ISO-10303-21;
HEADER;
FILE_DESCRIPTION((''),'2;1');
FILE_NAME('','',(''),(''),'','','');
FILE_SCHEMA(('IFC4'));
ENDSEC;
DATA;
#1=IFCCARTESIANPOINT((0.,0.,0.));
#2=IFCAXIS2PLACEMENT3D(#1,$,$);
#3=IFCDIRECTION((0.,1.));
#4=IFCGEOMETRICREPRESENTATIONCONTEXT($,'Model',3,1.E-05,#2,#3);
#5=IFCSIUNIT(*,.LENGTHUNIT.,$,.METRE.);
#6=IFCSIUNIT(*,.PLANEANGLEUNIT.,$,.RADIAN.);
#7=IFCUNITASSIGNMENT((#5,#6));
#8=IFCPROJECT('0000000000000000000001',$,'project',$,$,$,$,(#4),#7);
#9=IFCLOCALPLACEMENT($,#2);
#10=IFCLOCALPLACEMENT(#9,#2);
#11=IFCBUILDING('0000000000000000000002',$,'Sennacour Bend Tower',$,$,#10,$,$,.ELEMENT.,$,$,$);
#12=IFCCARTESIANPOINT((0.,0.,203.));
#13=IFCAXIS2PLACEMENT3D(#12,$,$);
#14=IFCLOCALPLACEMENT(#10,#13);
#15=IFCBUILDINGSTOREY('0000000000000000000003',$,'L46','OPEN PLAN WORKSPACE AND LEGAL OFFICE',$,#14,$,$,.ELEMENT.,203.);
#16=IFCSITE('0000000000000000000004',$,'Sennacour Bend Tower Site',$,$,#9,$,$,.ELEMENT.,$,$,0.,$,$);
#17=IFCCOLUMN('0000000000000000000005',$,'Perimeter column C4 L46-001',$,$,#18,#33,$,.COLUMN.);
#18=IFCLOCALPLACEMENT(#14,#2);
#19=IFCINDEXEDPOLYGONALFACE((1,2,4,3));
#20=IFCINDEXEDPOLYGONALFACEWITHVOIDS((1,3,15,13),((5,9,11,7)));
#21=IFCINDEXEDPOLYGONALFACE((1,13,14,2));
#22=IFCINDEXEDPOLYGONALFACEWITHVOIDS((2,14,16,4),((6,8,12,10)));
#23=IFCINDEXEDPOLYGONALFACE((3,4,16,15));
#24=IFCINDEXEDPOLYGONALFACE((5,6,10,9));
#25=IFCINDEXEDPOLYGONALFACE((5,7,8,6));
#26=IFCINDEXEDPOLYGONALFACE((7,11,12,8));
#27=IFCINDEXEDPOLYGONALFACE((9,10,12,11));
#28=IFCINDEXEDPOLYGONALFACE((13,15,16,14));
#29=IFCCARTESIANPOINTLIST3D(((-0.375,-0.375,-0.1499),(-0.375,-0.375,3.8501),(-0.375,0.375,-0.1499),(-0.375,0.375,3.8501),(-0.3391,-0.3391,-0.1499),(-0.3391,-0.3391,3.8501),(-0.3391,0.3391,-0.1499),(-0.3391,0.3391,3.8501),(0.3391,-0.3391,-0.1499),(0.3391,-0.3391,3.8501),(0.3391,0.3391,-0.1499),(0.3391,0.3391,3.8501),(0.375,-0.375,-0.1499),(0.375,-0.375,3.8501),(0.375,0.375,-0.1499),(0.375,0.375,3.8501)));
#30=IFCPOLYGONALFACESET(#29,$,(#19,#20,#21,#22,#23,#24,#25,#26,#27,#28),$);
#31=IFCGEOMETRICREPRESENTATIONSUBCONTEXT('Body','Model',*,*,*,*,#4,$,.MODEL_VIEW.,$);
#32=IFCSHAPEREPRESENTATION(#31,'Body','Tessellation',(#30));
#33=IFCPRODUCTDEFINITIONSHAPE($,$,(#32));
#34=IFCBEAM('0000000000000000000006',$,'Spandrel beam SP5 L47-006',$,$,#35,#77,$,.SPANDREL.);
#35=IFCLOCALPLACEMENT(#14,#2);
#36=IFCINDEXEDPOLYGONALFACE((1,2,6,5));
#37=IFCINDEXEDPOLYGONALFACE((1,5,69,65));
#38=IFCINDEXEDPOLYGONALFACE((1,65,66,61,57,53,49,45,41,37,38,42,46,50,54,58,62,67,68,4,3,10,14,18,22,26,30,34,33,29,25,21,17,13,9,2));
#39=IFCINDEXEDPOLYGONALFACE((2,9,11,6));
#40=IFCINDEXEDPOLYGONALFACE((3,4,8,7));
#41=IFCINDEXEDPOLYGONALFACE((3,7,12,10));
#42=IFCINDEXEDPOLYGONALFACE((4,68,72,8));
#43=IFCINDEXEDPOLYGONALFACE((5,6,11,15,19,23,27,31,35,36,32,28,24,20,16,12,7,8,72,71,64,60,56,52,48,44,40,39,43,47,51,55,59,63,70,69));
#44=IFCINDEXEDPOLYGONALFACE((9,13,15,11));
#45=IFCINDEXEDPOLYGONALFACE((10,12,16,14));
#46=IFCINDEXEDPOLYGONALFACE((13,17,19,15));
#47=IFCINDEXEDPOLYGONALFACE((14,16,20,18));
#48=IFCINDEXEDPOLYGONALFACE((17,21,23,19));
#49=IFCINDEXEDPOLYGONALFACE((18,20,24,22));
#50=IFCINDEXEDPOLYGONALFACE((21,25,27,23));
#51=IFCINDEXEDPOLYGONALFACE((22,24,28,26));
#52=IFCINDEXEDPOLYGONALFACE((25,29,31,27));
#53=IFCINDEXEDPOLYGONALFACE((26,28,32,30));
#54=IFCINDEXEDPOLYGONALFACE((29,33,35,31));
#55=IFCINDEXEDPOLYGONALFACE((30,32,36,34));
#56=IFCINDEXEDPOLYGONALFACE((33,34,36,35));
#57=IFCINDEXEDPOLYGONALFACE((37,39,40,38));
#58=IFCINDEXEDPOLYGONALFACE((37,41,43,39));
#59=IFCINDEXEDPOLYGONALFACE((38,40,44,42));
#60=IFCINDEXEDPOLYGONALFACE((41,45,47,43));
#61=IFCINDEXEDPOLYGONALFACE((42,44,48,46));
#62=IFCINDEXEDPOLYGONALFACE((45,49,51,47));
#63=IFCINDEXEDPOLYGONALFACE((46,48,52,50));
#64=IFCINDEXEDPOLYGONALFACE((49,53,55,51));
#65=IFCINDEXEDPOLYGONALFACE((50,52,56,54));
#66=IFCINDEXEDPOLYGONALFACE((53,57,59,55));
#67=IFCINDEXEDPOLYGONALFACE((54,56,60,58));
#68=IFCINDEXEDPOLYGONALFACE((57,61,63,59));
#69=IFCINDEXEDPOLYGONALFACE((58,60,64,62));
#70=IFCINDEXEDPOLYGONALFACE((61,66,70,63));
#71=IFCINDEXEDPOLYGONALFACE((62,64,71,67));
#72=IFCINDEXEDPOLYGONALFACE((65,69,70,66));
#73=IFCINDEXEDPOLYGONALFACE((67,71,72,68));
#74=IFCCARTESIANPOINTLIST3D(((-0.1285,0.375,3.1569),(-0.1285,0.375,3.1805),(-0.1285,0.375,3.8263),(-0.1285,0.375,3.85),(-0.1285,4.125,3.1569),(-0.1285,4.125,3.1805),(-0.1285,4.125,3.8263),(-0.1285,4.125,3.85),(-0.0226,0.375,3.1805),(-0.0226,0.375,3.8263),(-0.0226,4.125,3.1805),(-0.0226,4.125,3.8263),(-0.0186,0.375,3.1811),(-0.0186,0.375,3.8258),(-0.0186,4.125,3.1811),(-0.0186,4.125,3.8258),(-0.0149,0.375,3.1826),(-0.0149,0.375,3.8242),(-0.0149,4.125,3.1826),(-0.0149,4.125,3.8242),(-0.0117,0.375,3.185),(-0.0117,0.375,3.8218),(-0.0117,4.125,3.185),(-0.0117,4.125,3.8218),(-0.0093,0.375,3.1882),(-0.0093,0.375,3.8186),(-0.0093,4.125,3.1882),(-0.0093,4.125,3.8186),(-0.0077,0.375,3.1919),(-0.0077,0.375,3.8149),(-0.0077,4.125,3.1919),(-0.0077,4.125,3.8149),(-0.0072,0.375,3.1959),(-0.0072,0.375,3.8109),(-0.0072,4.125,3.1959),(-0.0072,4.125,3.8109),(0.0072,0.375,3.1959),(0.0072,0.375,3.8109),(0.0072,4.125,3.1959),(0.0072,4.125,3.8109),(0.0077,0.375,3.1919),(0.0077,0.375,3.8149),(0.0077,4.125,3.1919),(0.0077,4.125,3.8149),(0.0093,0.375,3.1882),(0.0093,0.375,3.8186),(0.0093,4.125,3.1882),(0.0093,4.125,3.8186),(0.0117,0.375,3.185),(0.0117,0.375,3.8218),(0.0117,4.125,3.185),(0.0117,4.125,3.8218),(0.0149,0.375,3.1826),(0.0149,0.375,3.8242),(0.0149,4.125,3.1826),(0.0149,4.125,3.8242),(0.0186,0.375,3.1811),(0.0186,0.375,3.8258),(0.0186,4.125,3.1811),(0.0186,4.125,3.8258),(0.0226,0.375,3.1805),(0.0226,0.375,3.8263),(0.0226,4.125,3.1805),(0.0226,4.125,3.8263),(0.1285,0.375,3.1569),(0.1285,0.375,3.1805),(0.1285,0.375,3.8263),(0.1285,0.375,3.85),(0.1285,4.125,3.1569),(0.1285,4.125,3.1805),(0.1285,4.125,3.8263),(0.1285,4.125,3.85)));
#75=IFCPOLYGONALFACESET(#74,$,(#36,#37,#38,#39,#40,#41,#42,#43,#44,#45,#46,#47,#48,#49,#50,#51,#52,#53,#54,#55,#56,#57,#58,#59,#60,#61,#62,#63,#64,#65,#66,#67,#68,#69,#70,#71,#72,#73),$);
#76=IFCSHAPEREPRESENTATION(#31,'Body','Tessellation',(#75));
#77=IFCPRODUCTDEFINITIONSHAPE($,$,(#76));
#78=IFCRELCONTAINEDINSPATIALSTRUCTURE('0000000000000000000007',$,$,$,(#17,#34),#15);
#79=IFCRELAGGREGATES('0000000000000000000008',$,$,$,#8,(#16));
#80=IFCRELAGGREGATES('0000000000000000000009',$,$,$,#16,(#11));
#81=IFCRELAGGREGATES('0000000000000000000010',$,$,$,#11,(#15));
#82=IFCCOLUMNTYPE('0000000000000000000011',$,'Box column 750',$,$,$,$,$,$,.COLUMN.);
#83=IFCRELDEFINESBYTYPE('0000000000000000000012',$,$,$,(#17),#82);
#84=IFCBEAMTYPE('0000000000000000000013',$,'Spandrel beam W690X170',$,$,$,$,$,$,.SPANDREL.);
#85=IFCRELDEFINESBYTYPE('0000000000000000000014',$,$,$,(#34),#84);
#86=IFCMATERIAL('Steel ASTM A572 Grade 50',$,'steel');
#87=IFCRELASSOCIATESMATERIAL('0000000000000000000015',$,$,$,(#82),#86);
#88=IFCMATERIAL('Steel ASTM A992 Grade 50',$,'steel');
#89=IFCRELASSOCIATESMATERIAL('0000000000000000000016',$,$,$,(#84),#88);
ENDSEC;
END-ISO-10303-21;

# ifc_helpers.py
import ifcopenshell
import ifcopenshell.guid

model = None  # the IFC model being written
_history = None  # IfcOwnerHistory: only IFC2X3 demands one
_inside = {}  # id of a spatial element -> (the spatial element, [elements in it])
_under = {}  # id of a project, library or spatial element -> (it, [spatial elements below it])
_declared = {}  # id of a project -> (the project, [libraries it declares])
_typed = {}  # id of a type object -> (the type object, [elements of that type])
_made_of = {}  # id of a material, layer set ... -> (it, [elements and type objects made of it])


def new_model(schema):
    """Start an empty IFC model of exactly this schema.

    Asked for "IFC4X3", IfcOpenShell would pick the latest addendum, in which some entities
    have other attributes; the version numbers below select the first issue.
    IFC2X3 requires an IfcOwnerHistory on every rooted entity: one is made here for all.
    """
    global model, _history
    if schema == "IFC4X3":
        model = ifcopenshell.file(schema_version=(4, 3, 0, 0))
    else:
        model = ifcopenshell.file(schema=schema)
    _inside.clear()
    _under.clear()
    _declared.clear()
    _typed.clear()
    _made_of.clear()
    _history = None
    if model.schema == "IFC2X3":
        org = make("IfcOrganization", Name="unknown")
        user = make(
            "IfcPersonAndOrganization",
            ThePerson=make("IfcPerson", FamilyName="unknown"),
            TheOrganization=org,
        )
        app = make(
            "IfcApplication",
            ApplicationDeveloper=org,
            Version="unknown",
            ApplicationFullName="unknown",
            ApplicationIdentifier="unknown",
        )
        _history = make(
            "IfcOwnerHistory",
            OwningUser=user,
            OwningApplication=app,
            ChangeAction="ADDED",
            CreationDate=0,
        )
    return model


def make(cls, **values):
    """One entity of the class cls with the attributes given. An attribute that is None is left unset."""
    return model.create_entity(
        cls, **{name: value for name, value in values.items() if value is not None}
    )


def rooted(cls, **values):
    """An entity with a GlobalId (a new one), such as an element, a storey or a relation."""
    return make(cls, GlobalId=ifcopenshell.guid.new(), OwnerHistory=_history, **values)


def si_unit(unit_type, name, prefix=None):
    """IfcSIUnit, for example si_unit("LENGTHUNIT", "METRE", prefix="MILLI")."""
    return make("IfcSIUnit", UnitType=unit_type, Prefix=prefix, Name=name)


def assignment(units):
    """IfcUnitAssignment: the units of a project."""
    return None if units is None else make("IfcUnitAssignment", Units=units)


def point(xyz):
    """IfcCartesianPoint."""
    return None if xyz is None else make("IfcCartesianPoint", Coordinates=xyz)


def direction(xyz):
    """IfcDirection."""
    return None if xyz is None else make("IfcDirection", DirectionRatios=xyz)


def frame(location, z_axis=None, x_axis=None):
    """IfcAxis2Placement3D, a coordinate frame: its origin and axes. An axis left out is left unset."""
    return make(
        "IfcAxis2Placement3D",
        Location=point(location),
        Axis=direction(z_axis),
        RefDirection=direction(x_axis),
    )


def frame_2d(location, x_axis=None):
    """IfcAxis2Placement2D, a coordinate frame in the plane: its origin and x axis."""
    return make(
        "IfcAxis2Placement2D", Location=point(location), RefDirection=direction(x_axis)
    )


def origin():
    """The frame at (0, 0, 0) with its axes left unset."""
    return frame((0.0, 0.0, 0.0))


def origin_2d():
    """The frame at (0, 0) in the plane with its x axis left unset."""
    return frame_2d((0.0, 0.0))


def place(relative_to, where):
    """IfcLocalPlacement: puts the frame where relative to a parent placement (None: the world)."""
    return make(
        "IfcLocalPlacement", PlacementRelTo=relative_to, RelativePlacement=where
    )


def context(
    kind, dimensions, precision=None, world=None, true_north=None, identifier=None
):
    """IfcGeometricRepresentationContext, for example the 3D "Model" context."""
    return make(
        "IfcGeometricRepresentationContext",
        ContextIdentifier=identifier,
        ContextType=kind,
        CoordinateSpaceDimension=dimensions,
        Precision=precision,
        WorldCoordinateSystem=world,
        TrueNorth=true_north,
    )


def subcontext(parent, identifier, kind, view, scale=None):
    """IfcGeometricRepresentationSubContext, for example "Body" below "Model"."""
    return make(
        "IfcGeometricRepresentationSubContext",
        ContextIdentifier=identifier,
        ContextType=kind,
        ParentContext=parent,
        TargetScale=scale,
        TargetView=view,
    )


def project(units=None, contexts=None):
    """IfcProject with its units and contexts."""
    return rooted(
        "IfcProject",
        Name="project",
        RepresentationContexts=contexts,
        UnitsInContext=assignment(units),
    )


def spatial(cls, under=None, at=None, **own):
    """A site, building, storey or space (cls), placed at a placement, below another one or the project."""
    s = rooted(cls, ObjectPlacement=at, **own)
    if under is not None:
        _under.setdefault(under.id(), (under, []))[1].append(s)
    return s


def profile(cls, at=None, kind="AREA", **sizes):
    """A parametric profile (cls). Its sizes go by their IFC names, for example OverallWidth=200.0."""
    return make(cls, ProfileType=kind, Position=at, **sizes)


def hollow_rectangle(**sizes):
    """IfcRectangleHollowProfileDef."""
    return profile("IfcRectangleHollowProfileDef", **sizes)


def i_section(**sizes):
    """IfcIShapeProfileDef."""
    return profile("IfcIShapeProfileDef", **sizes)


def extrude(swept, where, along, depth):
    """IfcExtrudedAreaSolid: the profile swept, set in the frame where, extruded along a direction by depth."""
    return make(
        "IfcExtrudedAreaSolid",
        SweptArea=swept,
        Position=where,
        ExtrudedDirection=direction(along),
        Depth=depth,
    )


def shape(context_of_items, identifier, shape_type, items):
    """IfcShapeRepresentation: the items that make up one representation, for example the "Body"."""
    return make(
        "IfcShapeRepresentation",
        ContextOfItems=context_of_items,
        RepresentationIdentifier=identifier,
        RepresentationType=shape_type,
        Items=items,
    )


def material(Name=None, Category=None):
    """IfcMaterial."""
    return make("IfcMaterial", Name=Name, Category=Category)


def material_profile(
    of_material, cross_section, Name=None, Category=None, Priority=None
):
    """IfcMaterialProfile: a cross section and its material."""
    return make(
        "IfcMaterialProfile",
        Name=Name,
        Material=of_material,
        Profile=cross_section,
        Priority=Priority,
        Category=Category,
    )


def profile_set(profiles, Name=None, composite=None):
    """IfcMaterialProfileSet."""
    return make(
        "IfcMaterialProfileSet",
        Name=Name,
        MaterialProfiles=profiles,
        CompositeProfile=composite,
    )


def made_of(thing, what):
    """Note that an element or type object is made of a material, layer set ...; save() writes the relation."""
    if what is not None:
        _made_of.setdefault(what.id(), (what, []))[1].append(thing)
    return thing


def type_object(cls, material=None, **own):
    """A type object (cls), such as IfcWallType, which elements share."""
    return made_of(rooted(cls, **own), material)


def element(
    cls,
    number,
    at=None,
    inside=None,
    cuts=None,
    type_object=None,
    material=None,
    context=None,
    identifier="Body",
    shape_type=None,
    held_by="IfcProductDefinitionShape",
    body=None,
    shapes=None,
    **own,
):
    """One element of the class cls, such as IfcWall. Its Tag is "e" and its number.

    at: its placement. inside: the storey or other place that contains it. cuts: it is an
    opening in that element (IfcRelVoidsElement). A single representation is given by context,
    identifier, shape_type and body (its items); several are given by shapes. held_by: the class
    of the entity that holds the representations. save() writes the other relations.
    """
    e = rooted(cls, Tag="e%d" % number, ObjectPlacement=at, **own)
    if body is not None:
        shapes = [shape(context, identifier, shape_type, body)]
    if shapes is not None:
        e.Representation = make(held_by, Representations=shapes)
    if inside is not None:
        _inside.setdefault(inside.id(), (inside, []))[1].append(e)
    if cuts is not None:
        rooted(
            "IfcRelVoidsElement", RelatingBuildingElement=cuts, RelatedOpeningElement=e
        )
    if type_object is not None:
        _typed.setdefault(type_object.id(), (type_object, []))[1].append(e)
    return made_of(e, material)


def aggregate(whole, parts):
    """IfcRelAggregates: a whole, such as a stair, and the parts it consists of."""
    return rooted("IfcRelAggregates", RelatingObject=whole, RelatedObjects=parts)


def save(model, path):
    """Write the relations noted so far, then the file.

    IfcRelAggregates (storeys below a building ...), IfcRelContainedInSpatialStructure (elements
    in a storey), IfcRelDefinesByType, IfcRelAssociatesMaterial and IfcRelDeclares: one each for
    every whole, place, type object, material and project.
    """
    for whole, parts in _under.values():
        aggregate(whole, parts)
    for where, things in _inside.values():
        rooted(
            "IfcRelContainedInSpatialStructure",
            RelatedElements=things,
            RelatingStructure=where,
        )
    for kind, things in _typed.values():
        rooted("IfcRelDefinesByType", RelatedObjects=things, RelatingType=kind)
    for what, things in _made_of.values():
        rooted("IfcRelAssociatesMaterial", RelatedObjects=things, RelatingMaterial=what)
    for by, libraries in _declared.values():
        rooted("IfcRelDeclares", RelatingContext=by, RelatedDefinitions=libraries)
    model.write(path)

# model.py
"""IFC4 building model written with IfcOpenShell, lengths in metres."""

from ifc_helpers import new_model, si_unit, direction, frame, origin, origin_2d, place, context, subcontext, project, spatial, hollow_rectangle, i_section, extrude, material, material_profile, profile_set, type_object, element, save


model = new_model("IFC4")

# Units and contexts
model_context = context("Model", 3, precision=1e-05, world=origin(), true_north=direction((0.0, 1.0)))
body_context = subcontext(model_context, "Body", "Model", "MODEL_VIEW")
ifc_project = project(units=[si_unit("LENGTHUNIT", "METRE"), si_unit("PLANEANGLEUNIT", "RADIAN")], contexts=[model_context])

# Site, building, storey
site_placement = place(None, origin())
site = spatial("IfcSite", under=ifc_project, at=site_placement, Name="Sennacour Bend Tower Site", CompositionType="ELEMENT", RefElevation=0.0)
building_placement = place(site_placement, origin())
building = spatial("IfcBuilding", under=site, at=building_placement, Name="Sennacour Bend Tower", CompositionType="ELEMENT")
storey_placement = place(building_placement, frame((0.0, 0.0, 203.0)))
storey = spatial("IfcBuildingStorey", under=building, at=storey_placement, Name="L46", Description="OPEN PLAN WORKSPACE AND LEGAL OFFICE", CompositionType="ELEMENT", Elevation=203.0)

# Column
ifc_material_1 = material(Name="Steel ASTM A572 Grade 50", Category="steel")
ifc_material_profile_1 = material_profile(ifc_material_1, hollow_rectangle(XDim=0.75, YDim=0.75, WallThickness=0.0359, at=origin_2d()), Name="Steel ASTM A572 Grade 50", Category="steel")
ifc_profile_set_1 = profile_set([ifc_material_profile_1], Name="Steel ASTM A572 Grade 50")
column_type = type_object("IfcColumnType", Name="Box column 750", PredefinedType="COLUMN", material=ifc_profile_set_1)
column_placement = place(storey_placement, frame((0.0, 0.0, -0.1499), z_axis=(0.0, 0.0, 1.0), x_axis=(1.0, 0.0, 0.0)))
element("IfcColumn", 1, at=column_placement, inside=storey, type_object=column_type, Name="Perimeter column C4 L46-001", PredefinedType="COLUMN", context=body_context, shape_type="SweptSolid", body=[
    extrude(hollow_rectangle(XDim=0.75, YDim=0.75, WallThickness=0.0359, at=origin_2d()), origin(), (0.0, 0.0, 1.0), 4.0),
])

# Beam
ifc_material_2 = material(Name="Steel ASTM A992 Grade 50", Category="steel")
ifc_material_profile_2 = material_profile(ifc_material_2, i_section(OverallWidth=0.2571, OverallDepth=0.6931, WebThickness=0.0144, FlangeThickness=0.0237, FilletRadius=0.0154, at=origin_2d()), Name="Steel ASTM A992 Grade 50", Category="steel")
ifc_profile_set_2 = profile_set([ifc_material_profile_2], Name="Steel ASTM A992 Grade 50")
beam_type = type_object("IfcBeamType", Name="Spandrel beam W690X170", PredefinedType="SPANDREL", material=ifc_profile_set_2)
beam_placement = place(storey_placement, frame((0.0, 0.375, 3.5034), z_axis=(0.0, 1.0, 0.0), x_axis=(-1.0, 0.0, 0.0)))
element("IfcBeam", 2, at=beam_placement, inside=storey, type_object=beam_type, Name="Spandrel beam SP5 L47-006", PredefinedType="SPANDREL", context=body_context, shape_type="SweptSolid", body=[
    extrude(i_section(OverallWidth=0.2571, OverallDepth=0.6931, WebThickness=0.0144, FlangeThickness=0.0237, FilletRadius=0.0154, at=origin_2d()), origin(), (0.0, 0.0, 1.0), 3.75),
])

save(model, "model.ifc")
